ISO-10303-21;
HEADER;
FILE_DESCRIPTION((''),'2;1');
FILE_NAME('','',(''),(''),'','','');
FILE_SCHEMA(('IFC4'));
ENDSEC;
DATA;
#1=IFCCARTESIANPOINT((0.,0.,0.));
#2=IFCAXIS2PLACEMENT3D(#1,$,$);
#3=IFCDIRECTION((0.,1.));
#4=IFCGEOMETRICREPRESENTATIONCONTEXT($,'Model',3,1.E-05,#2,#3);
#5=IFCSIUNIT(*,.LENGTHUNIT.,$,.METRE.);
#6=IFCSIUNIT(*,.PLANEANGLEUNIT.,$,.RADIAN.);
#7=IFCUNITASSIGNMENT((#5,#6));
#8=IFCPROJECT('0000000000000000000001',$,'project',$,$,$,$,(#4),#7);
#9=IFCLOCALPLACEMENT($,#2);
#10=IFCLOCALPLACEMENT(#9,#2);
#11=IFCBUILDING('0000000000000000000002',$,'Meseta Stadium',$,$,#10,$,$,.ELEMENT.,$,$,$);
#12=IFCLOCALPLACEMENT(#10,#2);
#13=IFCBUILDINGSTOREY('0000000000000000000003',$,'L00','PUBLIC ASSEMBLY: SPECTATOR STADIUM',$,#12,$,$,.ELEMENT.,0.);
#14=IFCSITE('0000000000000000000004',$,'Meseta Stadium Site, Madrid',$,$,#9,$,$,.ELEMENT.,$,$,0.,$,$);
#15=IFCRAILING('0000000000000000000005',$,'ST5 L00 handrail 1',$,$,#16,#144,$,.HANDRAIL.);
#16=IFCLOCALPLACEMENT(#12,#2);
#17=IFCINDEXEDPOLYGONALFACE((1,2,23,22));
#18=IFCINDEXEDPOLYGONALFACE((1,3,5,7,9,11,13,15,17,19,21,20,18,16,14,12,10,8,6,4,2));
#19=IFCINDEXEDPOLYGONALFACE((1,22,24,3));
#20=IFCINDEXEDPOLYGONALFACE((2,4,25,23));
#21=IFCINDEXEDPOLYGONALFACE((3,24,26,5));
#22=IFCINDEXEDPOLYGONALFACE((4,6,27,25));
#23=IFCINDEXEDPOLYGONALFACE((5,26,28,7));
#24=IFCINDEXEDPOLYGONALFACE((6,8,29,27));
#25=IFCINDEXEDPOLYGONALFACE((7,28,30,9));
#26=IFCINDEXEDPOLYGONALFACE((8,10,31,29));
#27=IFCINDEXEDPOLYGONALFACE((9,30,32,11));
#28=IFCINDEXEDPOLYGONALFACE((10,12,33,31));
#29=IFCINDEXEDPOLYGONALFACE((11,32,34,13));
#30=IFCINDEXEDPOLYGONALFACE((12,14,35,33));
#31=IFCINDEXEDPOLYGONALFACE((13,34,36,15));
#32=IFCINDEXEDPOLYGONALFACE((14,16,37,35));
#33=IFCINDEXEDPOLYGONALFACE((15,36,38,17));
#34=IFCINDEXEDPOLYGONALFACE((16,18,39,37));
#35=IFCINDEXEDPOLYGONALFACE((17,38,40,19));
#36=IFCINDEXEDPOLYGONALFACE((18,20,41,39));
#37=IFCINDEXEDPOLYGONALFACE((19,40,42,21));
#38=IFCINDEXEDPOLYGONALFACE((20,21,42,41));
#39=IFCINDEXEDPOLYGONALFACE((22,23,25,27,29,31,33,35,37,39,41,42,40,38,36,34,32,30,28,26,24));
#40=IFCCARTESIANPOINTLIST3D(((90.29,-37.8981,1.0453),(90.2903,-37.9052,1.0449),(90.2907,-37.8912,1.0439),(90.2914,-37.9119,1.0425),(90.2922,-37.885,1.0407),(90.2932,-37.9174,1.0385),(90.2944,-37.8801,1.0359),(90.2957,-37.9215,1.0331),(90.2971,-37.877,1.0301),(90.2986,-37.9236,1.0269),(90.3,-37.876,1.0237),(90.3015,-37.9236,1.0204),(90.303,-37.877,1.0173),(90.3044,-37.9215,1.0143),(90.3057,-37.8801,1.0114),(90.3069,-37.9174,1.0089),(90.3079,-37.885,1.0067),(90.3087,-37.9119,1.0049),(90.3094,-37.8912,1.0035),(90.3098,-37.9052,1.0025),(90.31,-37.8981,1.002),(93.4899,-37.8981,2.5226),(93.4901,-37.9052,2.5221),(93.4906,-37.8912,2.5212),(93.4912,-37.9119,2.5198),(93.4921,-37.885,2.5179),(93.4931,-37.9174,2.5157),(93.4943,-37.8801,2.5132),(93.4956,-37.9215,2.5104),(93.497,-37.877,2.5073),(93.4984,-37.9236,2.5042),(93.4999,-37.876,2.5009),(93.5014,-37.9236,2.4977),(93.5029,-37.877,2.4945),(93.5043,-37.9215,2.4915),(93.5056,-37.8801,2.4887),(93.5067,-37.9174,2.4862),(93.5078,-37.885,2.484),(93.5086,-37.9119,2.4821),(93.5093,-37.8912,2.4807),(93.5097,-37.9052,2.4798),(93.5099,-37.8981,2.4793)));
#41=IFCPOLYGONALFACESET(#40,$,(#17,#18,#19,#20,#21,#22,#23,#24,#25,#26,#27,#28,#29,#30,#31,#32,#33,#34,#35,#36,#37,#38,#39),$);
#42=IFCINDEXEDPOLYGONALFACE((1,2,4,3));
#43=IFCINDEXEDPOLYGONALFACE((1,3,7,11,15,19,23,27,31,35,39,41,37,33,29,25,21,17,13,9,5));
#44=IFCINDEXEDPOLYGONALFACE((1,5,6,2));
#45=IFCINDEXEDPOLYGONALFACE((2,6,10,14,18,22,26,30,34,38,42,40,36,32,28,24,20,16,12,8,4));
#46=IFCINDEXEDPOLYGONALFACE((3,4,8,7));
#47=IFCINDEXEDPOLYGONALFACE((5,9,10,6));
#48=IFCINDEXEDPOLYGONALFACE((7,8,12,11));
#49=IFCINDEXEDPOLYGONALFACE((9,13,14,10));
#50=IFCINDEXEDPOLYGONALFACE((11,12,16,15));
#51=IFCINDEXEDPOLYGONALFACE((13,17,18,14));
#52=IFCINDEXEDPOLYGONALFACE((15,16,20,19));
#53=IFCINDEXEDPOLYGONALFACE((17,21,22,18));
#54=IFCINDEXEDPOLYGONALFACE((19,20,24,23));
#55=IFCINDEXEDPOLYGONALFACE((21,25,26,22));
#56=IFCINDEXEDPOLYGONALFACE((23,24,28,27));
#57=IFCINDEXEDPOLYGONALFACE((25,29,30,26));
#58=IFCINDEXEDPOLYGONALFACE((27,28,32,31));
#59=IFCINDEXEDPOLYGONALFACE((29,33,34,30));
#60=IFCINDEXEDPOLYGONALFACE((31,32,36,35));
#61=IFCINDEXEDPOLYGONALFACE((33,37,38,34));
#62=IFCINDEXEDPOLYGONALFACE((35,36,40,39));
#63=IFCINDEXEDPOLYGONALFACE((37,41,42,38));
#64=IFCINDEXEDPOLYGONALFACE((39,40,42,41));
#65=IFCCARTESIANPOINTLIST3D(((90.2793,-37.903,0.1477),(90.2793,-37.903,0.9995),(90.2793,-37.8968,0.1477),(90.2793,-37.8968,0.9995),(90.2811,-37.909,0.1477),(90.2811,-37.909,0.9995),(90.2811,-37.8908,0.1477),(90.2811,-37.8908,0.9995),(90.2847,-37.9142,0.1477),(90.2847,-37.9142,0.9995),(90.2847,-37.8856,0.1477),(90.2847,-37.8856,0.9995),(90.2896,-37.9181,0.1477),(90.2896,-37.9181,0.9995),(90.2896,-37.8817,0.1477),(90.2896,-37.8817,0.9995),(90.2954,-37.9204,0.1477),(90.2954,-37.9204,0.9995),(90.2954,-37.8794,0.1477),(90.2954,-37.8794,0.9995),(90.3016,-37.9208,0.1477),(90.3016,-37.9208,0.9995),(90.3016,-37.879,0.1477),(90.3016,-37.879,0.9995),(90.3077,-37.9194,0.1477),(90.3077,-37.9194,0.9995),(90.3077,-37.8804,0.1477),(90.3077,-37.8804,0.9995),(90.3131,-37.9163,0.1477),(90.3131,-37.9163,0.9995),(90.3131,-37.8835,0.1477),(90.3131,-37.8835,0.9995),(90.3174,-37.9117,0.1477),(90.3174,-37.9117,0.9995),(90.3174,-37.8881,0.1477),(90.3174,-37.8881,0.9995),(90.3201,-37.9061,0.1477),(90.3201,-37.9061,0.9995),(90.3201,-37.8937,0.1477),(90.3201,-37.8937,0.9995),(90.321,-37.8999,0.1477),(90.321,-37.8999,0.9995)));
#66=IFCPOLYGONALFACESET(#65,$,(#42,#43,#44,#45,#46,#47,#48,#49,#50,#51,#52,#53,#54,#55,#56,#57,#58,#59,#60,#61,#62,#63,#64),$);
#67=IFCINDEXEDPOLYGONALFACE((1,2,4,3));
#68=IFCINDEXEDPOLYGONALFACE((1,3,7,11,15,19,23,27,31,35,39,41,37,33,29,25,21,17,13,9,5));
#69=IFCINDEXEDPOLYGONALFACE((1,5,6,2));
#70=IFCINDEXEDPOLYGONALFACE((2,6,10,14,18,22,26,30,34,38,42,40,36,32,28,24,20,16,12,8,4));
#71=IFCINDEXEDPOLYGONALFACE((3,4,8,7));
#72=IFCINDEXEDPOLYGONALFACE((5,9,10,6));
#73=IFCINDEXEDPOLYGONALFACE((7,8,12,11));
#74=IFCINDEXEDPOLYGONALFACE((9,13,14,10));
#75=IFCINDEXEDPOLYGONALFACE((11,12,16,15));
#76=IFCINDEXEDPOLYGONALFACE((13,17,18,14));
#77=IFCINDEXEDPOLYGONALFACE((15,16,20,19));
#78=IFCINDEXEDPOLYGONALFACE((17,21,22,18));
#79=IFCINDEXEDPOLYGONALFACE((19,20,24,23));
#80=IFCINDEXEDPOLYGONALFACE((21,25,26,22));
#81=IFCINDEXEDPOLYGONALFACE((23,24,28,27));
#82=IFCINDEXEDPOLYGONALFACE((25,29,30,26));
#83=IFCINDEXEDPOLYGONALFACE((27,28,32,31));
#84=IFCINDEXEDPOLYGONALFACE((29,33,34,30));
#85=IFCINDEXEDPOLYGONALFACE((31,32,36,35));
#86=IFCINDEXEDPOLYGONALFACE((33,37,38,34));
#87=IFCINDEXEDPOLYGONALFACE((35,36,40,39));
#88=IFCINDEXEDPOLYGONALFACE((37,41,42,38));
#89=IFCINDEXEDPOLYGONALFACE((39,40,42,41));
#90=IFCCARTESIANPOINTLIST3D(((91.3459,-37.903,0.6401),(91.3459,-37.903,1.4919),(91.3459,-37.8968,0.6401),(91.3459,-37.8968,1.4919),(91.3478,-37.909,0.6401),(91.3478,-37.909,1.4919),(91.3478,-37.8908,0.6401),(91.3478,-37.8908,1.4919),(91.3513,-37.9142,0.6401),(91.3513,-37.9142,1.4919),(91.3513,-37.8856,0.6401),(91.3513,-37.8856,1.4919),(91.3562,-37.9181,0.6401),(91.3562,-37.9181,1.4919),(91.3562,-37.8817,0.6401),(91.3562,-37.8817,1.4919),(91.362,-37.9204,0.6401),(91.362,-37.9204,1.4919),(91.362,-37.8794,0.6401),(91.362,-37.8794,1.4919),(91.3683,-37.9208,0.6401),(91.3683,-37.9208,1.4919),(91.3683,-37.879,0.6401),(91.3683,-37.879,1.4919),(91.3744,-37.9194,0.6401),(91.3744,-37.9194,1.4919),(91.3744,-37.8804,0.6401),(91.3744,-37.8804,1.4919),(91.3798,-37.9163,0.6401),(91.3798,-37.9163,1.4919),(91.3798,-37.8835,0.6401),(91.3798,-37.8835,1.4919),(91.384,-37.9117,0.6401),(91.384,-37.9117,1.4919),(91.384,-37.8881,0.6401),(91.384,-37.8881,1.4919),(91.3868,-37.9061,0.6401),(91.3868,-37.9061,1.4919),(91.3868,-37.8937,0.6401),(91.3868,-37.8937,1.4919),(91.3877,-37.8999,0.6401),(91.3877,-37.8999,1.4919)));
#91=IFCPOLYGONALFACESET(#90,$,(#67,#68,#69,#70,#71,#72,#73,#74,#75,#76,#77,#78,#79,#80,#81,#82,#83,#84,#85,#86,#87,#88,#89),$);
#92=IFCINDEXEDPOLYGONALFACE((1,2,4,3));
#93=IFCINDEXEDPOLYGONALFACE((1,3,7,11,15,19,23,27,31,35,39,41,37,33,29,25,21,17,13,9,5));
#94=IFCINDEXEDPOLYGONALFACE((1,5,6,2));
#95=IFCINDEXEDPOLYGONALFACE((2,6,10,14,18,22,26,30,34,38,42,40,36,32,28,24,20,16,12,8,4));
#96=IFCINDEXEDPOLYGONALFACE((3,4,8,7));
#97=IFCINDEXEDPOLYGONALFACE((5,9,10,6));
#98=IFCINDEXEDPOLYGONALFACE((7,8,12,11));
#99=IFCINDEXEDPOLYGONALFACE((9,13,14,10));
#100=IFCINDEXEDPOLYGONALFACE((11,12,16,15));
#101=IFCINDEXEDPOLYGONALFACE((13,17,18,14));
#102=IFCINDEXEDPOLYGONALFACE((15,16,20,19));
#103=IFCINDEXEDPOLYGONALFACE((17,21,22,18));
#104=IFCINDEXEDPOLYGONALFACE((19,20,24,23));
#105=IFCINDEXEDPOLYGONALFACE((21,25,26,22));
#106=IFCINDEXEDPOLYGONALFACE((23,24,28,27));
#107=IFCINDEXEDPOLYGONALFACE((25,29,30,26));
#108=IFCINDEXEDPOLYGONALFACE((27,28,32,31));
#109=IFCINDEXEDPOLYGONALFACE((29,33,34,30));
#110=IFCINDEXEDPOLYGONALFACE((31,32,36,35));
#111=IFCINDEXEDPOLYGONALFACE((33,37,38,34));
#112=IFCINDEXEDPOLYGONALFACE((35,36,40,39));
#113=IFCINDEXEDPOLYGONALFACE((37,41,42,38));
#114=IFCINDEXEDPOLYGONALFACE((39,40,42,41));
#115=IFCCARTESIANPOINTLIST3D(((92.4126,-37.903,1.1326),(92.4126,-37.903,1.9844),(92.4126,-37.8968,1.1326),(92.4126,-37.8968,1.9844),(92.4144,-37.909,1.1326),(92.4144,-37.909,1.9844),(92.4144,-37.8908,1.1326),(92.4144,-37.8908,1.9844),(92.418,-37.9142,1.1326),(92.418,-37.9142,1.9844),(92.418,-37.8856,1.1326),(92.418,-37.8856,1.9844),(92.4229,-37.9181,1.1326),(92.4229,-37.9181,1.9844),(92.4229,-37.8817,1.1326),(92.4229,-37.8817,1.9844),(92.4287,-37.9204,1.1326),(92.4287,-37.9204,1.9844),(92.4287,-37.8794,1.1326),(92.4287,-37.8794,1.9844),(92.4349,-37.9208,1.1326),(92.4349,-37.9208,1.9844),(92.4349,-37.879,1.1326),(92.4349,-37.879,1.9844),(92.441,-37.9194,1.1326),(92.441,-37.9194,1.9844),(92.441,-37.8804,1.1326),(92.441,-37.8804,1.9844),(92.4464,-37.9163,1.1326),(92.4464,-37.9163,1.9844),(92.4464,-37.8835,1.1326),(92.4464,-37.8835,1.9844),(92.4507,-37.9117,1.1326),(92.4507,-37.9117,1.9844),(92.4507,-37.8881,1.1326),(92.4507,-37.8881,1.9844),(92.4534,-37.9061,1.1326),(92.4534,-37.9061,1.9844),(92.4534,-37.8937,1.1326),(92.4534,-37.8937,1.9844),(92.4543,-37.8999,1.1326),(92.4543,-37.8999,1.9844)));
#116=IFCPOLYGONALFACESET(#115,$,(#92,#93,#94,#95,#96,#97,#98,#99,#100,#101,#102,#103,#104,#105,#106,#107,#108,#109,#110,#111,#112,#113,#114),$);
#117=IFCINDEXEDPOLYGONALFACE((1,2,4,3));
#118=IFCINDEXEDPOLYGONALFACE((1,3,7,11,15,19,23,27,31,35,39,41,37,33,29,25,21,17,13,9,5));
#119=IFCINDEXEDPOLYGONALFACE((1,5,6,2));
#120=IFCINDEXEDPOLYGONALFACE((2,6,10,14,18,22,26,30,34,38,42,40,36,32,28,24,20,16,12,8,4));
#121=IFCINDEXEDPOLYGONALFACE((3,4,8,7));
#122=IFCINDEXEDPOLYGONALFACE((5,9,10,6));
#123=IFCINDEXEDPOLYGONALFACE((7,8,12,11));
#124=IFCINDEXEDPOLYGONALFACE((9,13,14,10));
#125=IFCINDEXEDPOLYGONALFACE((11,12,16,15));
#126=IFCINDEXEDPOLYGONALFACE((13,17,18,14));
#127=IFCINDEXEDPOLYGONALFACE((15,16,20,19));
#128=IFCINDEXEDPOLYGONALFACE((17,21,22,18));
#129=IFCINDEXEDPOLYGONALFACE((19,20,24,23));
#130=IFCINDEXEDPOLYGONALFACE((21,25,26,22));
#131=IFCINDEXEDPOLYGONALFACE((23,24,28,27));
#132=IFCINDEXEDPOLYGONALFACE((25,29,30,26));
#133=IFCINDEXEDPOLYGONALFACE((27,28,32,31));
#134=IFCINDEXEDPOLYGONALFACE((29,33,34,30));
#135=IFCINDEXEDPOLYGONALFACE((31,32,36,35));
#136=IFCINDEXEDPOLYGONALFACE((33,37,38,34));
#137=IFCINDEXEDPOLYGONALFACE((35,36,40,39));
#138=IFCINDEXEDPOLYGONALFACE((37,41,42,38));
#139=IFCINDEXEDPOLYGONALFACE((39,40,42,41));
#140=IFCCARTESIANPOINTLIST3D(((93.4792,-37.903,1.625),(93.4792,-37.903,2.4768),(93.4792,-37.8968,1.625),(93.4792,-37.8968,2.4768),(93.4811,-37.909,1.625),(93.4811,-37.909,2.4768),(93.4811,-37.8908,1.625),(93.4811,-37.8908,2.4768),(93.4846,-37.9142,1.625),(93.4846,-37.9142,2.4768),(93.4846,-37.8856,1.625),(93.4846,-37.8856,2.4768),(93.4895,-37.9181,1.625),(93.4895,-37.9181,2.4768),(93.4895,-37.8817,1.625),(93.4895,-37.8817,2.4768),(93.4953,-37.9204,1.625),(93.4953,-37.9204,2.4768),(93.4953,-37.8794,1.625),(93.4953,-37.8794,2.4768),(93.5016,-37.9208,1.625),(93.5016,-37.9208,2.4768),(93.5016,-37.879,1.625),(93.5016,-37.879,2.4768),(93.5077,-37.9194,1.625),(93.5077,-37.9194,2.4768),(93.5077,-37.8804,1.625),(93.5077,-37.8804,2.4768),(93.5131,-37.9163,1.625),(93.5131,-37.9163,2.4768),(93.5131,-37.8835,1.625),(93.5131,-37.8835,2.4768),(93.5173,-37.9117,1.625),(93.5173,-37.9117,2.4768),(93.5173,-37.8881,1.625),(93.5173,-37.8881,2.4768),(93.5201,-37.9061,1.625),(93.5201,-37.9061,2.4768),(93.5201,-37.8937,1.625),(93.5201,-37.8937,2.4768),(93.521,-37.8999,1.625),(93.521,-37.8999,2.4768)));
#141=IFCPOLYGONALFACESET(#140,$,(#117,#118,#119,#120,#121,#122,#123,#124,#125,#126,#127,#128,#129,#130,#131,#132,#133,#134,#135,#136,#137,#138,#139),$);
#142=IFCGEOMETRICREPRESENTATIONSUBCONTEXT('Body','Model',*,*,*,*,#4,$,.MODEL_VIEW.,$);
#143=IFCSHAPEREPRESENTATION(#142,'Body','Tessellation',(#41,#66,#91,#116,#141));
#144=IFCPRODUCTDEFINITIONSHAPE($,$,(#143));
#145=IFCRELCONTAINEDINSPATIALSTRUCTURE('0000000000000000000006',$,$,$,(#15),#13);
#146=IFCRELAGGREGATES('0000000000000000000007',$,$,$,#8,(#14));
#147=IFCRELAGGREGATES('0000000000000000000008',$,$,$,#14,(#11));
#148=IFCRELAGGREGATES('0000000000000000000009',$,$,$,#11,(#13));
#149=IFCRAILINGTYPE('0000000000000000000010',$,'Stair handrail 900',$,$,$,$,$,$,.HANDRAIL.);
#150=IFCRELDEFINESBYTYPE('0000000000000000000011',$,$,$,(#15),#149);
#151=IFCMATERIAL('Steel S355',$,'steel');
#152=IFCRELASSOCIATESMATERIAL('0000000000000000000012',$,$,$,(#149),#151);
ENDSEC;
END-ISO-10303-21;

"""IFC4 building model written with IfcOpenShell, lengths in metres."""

from ifc_helpers import new_model, si_unit, direction, frame, origin, origin_2d, place, context, subcontext, project, spatial, circle, extrude, material, type_object, element, save


model = new_model("IFC4")

# Units and contexts
model_context = context("Model", 3, precision=1e-05, world=origin(), true_north=direction((0.0, 1.0)))
body_context = subcontext(model_context, "Body", "Model", "MODEL_VIEW")
ifc_project = project(units=[si_unit("LENGTHUNIT", "METRE"), si_unit("PLANEANGLEUNIT", "RADIAN")], contexts=[model_context])

# Site, building, storey
site_placement = place(None, origin())
site = spatial("IfcSite", under=ifc_project, at=site_placement, Name="Meseta Stadium Site, Madrid", CompositionType="ELEMENT", RefElevation=0.0)
building_placement = place(site_placement, origin())
building = spatial("IfcBuilding", under=site, at=building_placement, Name="Meseta Stadium", CompositionType="ELEMENT")
storey_placement = place(building_placement, origin())
storey = spatial("IfcBuildingStorey", under=building, at=storey_placement, Name="L00", Description="PUBLIC ASSEMBLY: SPECTATOR STADIUM", CompositionType="ELEMENT", Elevation=0.0)

# Railing
ifc_material_1 = material(Name="Steel S355", Category="steel")
railing_type_1 = type_object("IfcRailingType", Name="Stair handrail 900", PredefinedType="HANDRAIL", material=ifc_material_1)
for number, where, name in (
    (1, (90.3, -37.8999, 0.1477), "ST5 L00 handrail 1"),
):
    element("IfcRailing", number, at=place(storey_placement, frame(where)), inside=storey, type_object=railing_type_1, Name=name, PredefinedType="HANDRAIL", context=body_context, shape_type="SweptSolid", body=[
        extrude(circle(Radius=0.0239, at=origin_2d()), frame((0.0, 0.0, 0.876), z_axis=(0.907917, 0.0, 0.41915), x_axis=(0.0, 1.0, 0.0)), (0.0, 0.0, 1.0), 3.5244),
        extrude(circle(Radius=0.021, at=origin_2d()), origin(), (0.0, 0.0, 1.0), 0.8518),
        extrude(circle(Radius=0.021, at=origin_2d()), frame((1.0667, 0.0, 0.4924)), (0.0, 0.0, 1.0), 0.8518),
        extrude(circle(Radius=0.021, at=origin_2d()), frame((2.1333, 0.0, 0.9849)), (0.0, 0.0, 1.0), 0.8518),
        extrude(circle(Radius=0.021, at=origin_2d()), frame((3.2, 0.0, 1.4773)), (0.0, 0.0, 1.0), 0.8518),
    ])

save(model, "model.ifc")
